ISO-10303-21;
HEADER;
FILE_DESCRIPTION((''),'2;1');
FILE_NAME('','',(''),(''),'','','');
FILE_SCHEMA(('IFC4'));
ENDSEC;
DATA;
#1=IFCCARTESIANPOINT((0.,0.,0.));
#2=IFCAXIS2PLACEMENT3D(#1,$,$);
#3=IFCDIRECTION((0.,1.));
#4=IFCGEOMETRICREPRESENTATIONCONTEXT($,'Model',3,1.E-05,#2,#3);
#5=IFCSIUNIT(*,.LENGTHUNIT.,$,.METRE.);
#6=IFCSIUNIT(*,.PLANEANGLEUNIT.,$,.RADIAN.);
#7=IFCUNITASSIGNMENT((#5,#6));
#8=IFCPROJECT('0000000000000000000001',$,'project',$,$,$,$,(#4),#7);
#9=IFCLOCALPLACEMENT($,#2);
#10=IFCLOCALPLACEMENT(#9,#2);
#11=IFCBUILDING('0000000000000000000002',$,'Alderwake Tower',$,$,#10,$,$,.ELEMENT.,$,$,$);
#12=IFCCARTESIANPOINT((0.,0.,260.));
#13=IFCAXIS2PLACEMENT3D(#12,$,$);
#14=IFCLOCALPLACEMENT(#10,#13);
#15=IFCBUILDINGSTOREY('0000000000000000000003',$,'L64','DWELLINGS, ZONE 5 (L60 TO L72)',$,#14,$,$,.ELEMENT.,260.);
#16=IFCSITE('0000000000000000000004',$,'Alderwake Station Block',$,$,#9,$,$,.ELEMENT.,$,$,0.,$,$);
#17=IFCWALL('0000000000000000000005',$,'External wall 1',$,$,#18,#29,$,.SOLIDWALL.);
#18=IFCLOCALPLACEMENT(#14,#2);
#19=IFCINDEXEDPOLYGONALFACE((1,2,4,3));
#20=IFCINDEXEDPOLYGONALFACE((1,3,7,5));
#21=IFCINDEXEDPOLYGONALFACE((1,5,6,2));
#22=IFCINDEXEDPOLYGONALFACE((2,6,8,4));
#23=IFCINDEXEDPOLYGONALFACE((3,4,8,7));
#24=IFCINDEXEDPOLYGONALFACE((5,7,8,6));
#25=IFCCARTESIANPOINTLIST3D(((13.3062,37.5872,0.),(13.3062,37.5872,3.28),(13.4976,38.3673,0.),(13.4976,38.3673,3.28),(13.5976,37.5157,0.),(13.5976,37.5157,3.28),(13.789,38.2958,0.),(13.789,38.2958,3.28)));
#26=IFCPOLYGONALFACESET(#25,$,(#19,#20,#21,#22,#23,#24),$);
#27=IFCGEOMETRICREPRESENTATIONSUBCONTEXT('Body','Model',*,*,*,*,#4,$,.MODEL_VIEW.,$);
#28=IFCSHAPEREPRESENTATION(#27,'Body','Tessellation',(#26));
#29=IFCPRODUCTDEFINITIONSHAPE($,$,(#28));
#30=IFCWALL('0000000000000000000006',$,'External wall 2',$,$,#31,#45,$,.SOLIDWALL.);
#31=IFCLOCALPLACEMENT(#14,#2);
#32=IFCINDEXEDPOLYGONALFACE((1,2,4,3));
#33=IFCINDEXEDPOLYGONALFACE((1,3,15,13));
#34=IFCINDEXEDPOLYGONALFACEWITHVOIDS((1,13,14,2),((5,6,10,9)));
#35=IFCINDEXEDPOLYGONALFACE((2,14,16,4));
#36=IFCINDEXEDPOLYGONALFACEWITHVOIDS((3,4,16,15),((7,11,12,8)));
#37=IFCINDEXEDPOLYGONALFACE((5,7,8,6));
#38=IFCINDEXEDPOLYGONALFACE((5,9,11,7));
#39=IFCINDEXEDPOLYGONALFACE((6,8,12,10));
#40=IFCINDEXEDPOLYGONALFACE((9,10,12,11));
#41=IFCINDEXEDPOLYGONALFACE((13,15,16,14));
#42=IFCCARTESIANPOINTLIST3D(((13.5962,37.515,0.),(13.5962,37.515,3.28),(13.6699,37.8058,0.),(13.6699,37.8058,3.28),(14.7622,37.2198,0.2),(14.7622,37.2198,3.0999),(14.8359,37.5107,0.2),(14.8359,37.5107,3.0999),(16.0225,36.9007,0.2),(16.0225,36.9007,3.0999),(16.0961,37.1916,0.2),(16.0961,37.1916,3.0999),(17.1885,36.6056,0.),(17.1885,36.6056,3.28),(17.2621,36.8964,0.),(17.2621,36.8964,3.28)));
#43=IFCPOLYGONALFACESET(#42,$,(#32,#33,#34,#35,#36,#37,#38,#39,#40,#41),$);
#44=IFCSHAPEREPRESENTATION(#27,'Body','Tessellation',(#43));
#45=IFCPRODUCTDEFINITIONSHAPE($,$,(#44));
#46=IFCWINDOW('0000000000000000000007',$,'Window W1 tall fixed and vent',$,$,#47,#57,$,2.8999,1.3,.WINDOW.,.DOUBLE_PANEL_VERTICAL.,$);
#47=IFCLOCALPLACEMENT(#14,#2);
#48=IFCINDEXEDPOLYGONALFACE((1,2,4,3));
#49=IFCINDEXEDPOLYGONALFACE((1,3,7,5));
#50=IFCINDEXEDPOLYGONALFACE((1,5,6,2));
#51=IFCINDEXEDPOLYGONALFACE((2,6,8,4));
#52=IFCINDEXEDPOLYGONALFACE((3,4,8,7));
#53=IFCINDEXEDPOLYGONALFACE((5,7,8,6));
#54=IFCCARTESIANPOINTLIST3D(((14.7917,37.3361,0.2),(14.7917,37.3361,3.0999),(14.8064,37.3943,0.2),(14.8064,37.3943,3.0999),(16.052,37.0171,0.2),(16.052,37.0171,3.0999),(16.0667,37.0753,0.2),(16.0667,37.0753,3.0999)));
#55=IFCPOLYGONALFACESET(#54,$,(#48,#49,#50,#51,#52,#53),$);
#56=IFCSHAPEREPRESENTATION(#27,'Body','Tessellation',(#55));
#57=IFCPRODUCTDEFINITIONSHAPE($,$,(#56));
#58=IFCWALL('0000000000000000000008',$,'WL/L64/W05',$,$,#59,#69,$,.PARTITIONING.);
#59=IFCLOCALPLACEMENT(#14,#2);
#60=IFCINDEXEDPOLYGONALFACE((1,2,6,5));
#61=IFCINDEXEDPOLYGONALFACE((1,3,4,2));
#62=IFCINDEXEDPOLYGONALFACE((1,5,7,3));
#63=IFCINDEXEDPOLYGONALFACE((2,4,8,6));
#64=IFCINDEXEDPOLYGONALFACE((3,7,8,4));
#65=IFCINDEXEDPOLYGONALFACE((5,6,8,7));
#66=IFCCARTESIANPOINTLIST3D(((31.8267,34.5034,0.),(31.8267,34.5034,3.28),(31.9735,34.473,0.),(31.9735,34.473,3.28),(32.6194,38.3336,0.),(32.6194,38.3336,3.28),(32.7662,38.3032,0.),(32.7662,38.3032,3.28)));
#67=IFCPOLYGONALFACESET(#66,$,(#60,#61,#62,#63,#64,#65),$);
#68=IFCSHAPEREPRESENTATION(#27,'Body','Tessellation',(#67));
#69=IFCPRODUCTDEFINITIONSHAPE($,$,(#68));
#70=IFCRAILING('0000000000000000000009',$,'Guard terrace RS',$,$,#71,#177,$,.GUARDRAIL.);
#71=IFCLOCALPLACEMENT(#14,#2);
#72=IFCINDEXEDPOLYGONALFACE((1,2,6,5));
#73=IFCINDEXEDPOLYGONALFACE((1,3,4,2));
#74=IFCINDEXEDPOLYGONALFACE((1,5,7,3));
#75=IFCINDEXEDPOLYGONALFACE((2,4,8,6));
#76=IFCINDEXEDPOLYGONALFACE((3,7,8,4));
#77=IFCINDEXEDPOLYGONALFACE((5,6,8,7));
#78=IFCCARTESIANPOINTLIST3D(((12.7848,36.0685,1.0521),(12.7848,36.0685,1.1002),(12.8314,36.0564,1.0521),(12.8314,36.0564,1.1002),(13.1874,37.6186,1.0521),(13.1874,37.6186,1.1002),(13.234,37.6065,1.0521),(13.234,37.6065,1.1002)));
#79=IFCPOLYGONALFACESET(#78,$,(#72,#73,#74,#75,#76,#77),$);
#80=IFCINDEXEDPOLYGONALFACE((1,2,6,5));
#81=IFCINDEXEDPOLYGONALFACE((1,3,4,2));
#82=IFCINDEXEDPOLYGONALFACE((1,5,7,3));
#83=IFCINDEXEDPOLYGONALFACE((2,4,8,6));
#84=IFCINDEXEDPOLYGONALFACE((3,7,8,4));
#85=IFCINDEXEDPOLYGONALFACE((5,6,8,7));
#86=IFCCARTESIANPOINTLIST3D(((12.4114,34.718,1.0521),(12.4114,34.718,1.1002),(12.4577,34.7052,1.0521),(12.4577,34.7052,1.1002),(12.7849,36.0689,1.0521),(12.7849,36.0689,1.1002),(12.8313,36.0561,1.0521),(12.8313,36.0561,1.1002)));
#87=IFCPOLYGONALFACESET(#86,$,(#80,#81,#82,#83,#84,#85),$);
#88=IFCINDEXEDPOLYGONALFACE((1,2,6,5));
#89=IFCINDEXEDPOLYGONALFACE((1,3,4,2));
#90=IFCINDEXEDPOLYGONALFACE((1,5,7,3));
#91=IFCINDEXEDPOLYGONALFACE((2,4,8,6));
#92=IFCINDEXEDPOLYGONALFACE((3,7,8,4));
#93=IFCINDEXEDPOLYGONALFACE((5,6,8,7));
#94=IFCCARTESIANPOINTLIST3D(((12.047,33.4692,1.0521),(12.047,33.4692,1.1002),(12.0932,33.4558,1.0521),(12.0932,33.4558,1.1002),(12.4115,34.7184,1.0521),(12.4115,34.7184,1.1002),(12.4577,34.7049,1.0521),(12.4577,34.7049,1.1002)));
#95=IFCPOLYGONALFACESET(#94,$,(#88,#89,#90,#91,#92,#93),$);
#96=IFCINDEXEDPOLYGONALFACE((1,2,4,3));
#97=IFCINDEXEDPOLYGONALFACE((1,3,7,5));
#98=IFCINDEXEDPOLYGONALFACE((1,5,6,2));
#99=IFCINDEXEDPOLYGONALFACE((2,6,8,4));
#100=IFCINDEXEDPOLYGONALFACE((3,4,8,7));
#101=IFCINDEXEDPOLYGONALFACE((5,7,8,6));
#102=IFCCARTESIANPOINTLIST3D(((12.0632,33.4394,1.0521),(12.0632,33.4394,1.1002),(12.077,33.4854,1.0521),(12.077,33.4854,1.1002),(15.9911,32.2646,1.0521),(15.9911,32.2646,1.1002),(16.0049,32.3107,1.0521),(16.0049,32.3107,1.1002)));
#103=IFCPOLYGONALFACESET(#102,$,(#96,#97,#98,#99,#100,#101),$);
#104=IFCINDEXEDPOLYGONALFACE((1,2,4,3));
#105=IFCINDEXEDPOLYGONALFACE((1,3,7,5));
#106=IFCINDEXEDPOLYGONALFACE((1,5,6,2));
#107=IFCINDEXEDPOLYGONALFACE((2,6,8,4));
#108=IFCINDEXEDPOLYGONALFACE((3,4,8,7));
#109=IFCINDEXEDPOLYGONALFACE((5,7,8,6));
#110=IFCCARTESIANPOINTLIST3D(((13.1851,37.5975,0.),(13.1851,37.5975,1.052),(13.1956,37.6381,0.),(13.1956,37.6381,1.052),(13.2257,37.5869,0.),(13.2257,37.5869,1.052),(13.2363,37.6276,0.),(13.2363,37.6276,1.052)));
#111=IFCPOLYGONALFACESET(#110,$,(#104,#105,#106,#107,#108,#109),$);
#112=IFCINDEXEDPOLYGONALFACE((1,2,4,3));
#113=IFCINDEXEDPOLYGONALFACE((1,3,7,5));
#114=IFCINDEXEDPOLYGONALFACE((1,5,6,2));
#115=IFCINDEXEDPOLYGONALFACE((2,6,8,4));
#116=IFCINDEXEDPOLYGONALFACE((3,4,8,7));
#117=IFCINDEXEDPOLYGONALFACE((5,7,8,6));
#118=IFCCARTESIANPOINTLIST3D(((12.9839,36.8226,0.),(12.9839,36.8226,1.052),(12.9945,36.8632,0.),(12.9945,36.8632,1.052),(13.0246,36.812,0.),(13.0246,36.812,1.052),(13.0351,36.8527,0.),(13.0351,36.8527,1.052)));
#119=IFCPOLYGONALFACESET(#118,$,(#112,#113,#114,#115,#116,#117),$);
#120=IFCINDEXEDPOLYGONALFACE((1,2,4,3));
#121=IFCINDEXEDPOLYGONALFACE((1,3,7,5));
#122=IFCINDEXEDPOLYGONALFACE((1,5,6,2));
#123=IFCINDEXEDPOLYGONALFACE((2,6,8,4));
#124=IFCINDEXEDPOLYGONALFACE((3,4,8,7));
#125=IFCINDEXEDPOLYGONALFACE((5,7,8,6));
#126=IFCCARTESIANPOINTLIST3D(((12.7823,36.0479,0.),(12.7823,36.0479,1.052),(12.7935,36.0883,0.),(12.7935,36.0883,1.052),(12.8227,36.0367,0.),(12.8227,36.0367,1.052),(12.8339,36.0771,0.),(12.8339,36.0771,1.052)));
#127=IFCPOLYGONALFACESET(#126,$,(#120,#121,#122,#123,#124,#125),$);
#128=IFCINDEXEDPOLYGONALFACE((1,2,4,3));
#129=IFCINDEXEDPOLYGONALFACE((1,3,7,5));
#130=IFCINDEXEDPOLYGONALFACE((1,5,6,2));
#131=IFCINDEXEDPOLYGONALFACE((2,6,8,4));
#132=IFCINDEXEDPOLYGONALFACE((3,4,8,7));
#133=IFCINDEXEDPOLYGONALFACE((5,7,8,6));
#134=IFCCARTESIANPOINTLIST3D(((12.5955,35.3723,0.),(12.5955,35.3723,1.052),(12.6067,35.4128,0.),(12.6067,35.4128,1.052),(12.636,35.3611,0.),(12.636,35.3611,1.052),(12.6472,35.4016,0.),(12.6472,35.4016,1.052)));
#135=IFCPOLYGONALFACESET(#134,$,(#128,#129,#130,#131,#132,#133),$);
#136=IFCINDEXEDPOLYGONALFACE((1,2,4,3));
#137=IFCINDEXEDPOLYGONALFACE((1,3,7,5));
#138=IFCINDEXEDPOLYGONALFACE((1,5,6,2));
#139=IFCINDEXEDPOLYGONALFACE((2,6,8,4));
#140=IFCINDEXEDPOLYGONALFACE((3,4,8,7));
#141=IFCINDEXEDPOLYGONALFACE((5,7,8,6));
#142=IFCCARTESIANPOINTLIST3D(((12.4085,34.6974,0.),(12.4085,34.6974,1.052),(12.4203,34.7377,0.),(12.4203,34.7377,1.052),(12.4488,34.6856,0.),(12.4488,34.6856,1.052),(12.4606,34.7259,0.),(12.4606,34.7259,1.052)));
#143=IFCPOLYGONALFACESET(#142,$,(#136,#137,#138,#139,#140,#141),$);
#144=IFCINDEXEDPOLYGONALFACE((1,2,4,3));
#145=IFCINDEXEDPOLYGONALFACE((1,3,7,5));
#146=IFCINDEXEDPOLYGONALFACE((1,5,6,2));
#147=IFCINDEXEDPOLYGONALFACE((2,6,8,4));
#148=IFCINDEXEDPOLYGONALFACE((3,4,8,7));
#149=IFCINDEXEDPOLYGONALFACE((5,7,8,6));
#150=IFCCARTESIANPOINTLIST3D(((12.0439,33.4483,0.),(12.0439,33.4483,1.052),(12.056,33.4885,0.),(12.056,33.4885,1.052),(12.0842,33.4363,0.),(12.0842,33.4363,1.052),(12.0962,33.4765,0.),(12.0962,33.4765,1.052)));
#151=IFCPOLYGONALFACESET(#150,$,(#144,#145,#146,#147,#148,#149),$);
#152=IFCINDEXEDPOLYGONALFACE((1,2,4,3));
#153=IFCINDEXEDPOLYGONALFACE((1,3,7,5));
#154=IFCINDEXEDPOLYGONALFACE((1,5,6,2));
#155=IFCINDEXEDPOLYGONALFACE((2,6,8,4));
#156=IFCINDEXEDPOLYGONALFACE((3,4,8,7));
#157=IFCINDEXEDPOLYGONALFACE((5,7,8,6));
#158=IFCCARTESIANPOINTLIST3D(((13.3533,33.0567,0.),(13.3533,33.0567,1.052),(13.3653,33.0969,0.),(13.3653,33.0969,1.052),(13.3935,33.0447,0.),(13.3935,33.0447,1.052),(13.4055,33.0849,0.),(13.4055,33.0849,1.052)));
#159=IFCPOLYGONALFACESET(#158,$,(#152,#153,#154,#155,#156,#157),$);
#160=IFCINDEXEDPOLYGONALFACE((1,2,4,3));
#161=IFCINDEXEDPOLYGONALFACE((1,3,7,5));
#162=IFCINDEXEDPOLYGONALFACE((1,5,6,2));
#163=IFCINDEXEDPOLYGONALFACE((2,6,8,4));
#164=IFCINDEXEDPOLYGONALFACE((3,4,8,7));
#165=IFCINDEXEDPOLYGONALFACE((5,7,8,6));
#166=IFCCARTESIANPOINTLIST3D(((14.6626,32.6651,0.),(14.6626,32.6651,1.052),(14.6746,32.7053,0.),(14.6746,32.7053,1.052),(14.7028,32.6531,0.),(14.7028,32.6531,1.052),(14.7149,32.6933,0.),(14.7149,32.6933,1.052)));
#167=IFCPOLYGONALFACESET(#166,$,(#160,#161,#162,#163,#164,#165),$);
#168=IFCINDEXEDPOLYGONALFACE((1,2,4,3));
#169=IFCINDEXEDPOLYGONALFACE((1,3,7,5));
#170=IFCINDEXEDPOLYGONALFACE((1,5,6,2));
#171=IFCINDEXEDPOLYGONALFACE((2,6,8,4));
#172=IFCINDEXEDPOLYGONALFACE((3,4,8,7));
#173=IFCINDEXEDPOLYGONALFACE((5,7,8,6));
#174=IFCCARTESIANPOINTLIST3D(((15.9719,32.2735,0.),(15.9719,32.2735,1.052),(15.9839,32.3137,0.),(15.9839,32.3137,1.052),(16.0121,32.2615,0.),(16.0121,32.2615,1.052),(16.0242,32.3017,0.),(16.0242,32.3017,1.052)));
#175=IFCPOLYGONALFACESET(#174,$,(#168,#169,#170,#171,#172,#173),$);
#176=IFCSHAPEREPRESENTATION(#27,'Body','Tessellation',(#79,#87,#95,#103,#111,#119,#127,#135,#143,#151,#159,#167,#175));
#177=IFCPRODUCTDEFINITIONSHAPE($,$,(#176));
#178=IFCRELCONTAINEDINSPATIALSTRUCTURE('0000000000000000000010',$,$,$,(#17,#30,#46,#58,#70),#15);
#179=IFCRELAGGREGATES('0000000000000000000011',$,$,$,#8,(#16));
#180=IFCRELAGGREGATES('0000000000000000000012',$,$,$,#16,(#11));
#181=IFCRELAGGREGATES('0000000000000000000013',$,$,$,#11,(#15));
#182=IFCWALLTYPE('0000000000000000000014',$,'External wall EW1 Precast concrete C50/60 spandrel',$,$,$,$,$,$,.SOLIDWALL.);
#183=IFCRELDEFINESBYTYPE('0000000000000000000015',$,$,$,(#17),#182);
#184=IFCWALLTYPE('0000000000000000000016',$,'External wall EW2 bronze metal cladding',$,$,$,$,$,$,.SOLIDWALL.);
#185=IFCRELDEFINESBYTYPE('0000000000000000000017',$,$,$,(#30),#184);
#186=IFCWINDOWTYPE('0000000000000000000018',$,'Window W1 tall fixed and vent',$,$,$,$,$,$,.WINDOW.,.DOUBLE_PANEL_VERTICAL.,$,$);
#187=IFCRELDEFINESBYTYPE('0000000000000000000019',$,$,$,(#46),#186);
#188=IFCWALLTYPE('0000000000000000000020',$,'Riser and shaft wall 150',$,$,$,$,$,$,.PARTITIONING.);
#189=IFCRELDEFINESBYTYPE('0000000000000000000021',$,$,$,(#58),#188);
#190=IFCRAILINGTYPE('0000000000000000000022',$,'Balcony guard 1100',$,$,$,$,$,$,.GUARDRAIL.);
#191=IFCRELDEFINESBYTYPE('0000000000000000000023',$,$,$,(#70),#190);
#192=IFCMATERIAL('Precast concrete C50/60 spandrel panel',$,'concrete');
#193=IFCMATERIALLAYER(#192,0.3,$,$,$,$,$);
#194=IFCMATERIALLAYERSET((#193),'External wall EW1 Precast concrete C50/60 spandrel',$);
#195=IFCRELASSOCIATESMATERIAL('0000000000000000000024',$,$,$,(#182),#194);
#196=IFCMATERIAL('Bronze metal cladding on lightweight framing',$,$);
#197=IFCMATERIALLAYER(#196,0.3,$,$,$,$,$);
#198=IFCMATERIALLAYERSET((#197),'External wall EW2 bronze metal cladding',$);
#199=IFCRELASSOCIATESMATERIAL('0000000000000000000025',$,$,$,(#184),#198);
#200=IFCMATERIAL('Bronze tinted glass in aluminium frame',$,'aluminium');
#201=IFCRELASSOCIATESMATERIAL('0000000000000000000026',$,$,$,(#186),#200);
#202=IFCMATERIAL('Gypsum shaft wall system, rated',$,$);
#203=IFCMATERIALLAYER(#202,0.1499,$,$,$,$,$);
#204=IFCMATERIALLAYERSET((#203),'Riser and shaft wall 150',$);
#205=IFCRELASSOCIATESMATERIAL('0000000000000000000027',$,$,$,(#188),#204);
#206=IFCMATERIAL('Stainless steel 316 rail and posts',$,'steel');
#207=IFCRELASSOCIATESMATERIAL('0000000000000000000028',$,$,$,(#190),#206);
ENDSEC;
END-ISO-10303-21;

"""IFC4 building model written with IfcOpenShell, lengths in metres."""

from ifc_helpers import new_model, si_unit, direction, frame, frame_2d, origin, origin_2d, place, context, subcontext, project, spatial, rectangle, extrude, material, layer, layer_set, type_object, element, fill, save


model = new_model("IFC4")

# Units and contexts
model_context = context("Model", 3, precision=1e-05, world=origin(), true_north=direction((0.0, 1.0)))
body_context = subcontext(model_context, "Body", "Model", "MODEL_VIEW")
ifc_project = project(units=[si_unit("LENGTHUNIT", "METRE"), si_unit("PLANEANGLEUNIT", "RADIAN")], contexts=[model_context])

# Site, building, storey
site_placement = place(None, origin())
site = spatial("IfcSite", under=ifc_project, at=site_placement, Name="Alderwake Station Block", CompositionType="ELEMENT", RefElevation=0.0)
building_placement = place(site_placement, origin())
building = spatial("IfcBuilding", under=site, at=building_placement, Name="Alderwake Tower", CompositionType="ELEMENT")
storey_placement = place(building_placement, frame((0.0, 0.0, 260.0)))
storey = spatial("IfcBuildingStorey", under=building, at=storey_placement, Name="L64", Description="DWELLINGS, ZONE 5 (L60 TO L72)", CompositionType="ELEMENT", Elevation=260.0)

# Wall
ifc_material_1 = material(Name="Precast concrete C50/60 spandrel panel", Category="concrete")
ifc_layer_1 = layer(ifc_material_1, 0.3)
ifc_layer_set_1 = layer_set([ifc_layer_1], Name="External wall EW1 Precast concrete C50/60 spandrel")
wall_type_1 = type_object("IfcWallType", Name="External wall EW1 Precast concrete C50/60 spandrel", PredefinedType="SOLIDWALL", material=ifc_layer_set_1)
wall_1_placement = place(storey_placement, frame((13.6433, 38.3315, 0.0), z_axis=(0.0, 0.0, 1.0), x_axis=(-0.238313, -0.971188, 0.0)))
element("IfcWall", 1, at=wall_1_placement, inside=storey, type_object=wall_type_1, Name="External wall 1", PredefinedType="SOLIDWALL", context=body_context, shape_type="SweptSolid", body=[
    extrude(rectangle(XDim=0.8032, YDim=0.3, at=frame_2d((0.4016, 0.0))), origin(), (0.0, 0.0, 1.0), 3.28),
])

# Wall, opening, window
ifc_material_2 = material(Name="Bronze metal cladding on lightweight framing")
ifc_layer_2 = layer(ifc_material_2, 0.3)
ifc_layer_set_2 = layer_set([ifc_layer_2], Name="External wall EW2 bronze metal cladding")
wall_type_2 = type_object("IfcWallType", Name="External wall EW2 bronze metal cladding", PredefinedType="SOLIDWALL", material=ifc_layer_set_2)
wall_2_placement = place(storey_placement, frame((13.6331, 37.6604, 0.0), z_axis=(0.0, 0.0, 1.0), x_axis=(0.969417, -0.245418, 0.0)))
wall_2 = element("IfcWall", 2, at=wall_2_placement, inside=storey, type_object=wall_type_2, Name="External wall 2", PredefinedType="SOLIDWALL", context=body_context, shape_type="SweptSolid", body=[
    extrude(rectangle(XDim=3.7056, YDim=0.3, at=frame_2d((1.8528, 0.0))), origin(), (0.0, 0.0, 1.0), 3.28),
])
opening_1_placement = place(wall_2_placement, frame((1.2029, 0.0, 0.2)))
opening_1 = element("IfcOpeningElement", 3, at=opening_1_placement, cuts=wall_2, PredefinedType="OPENING", context=body_context, shape_type="SweptSolid", body=[
    extrude(rectangle(XDim=1.3, YDim=2.8999, at=frame_2d((0.6499, 1.45))), frame((0.0, 0.1599, 0.0), z_axis=(0.0, -1.0, 0.0), x_axis=(1.0, 0.0, 0.0)), (0.0, 0.0, 1.0), 0.3201),
])
ifc_material_3 = material(Name="Bronze tinted glass in aluminium frame", Category="aluminium")
window_type = type_object("IfcWindowType", Name="Window W1 tall fixed and vent", PartitioningType="DOUBLE_PANEL_VERTICAL", PredefinedType="WINDOW", material=ifc_material_3)
window_1_placement = place(opening_1_placement, origin())
window_1 = element("IfcWindow", 4, at=window_1_placement, inside=storey, type_object=window_type, Name="Window W1 tall fixed and vent", OverallHeight=2.8999, OverallWidth=1.3, PartitioningType="DOUBLE_PANEL_VERTICAL", PredefinedType="WINDOW", context=body_context, shape_type="SweptSolid", body=[
    extrude(rectangle(XDim=1.3, YDim=2.8999, at=frame_2d((0.6499, 1.45))), frame((0.0, 0.03, 0.0), z_axis=(0.0, -1.0, 0.0), x_axis=(1.0, 0.0, 0.0)), (0.0, 0.0, 1.0), 0.0601),
])
fill(opening_1, window_1)

# Wall
ifc_material_4 = material(Name="Gypsum shaft wall system, rated")
ifc_layer_3 = layer(ifc_material_4, 0.1499)
ifc_layer_set_3 = layer_set([ifc_layer_3], Name="Riser and shaft wall 150")
wall_type_3 = type_object("IfcWallType", Name="Riser and shaft wall 150", PredefinedType="PARTITIONING", material=ifc_layer_set_3)
wall_3_placement = place(storey_placement, frame((31.9001, 34.4883, 0.0), z_axis=(0.0, 0.0, 1.0), x_axis=(0.202665, 0.979248, 0.0)))
element("IfcWall", 5, at=wall_3_placement, inside=storey, type_object=wall_type_3, Name="WL/L64/W05", PredefinedType="PARTITIONING", context=body_context, shape_type="SweptSolid", body=[
    extrude(rectangle(XDim=3.9114, YDim=0.1499, at=frame_2d((1.9556, 0.0))), origin(), (0.0, 0.0, 1.0), 3.28),
])

# Railing
ifc_material_5 = material(Name="Stainless steel 316 rail and posts", Category="steel")
railing_type = type_object("IfcRailingType", Name="Balcony guard 1100", PredefinedType="GUARDRAIL", material=ifc_material_5)
railing_placement = place(storey_placement, frame((13.2107, 37.6125, 0.0)))
element("IfcRailing", 6, at=railing_placement, inside=storey, type_object=railing_type, Name="Guard terrace RS", PredefinedType="GUARDRAIL", context=body_context, shape_type="SweptSolid", body=[
    extrude(rectangle(XDim=0.0481, YDim=0.0481, at=origin_2d()), frame((0.0, 0.0, 1.0762), z_axis=(-0.251385, -0.967887, 0.0), x_axis=(0.967887, -0.251385, 0.0)), (0.0, 0.0, 1.0), 1.6016),
    extrude(rectangle(XDim=0.0481, YDim=0.0481, at=origin_2d()), frame((-0.4026, -1.55, 1.0762), z_axis=(-0.266521, -0.963829, 0.0), x_axis=(0.963829, -0.266521, 0.0)), (0.0, 0.0, 1.0), 1.4016),
    extrude(rectangle(XDim=0.0481, YDim=0.0481, at=origin_2d()), frame((-0.7761, -2.9009, 1.0762), z_axis=(-0.280094, -0.959973, 0.0), x_axis=(0.959973, -0.280094, 0.0)), (0.0, 0.0, 1.0), 1.3013),
    extrude(rectangle(XDim=0.0481, YDim=0.0481, at=origin_2d()), frame((-1.1406, -4.1501, 1.0762), z_axis=(0.958067, -0.286545, 0.0), x_axis=(0.286545, 0.958067, 0.0)), (0.0, 0.0, 1.0), 4.0999),
    extrude(rectangle(XDim=0.042, YDim=0.042, at=origin_2d()), frame((0.0, 0.0, 0.0), z_axis=(0.0, 0.0, 1.0), x_axis=(-0.251385, -0.967887, 0.0)), (0.0, 0.0, 1.0), 1.052),
    extrude(rectangle(XDim=0.042, YDim=0.042, at=origin_2d()), frame((-0.2012, -0.7749, 0.0), z_axis=(0.0, 0.0, 1.0), x_axis=(-0.251385, -0.967887, 0.0)), (0.0, 0.0, 1.0), 1.052),
    extrude(rectangle(XDim=0.042, YDim=0.042, at=origin_2d()), frame((-0.4026, -1.55, 0.0), z_axis=(0.0, 0.0, 1.0), x_axis=(-0.266521, -0.963829, 0.0)), (0.0, 0.0, 1.0), 1.052),
    extrude(rectangle(XDim=0.042, YDim=0.042, at=origin_2d()), frame((-0.5894, -2.2256, 0.0), z_axis=(0.0, 0.0, 1.0), x_axis=(-0.266521, -0.963829, 0.0)), (0.0, 0.0, 1.0), 1.052),
    extrude(rectangle(XDim=0.042, YDim=0.042, at=origin_2d()), frame((-0.7761, -2.9009, 0.0), z_axis=(0.0, 0.0, 1.0), x_axis=(-0.280094, -0.959973, 0.0)), (0.0, 0.0, 1.0), 1.052),
    extrude(rectangle(XDim=0.042, YDim=0.042, at=origin_2d()), frame((-1.1406, -4.1501, 0.0), z_axis=(0.0, 0.0, 1.0), x_axis=(0.958067, -0.286545, 0.0)), (0.0, 0.0, 1.0), 1.052),
    extrude(rectangle(XDim=0.042, YDim=0.042, at=origin_2d()), frame((0.1687, -4.5417, 0.0), z_axis=(0.0, 0.0, 1.0), x_axis=(0.958067, -0.286545, 0.0)), (0.0, 0.0, 1.0), 1.052),
    extrude(rectangle(XDim=0.042, YDim=0.042, at=origin_2d()), frame((1.478, -4.9333, 0.0), z_axis=(0.0, 0.0, 1.0), x_axis=(0.958067, -0.286545, 0.0)), (0.0, 0.0, 1.0), 1.052),
    extrude(rectangle(XDim=0.042, YDim=0.042, at=origin_2d()), frame((2.7874, -5.325, 0.0), z_axis=(0.0, 0.0, 1.0), x_axis=(0.958067, -0.286545, 0.0)), (0.0, 0.0, 1.0), 1.052),
])

save(model, "model.ifc")
